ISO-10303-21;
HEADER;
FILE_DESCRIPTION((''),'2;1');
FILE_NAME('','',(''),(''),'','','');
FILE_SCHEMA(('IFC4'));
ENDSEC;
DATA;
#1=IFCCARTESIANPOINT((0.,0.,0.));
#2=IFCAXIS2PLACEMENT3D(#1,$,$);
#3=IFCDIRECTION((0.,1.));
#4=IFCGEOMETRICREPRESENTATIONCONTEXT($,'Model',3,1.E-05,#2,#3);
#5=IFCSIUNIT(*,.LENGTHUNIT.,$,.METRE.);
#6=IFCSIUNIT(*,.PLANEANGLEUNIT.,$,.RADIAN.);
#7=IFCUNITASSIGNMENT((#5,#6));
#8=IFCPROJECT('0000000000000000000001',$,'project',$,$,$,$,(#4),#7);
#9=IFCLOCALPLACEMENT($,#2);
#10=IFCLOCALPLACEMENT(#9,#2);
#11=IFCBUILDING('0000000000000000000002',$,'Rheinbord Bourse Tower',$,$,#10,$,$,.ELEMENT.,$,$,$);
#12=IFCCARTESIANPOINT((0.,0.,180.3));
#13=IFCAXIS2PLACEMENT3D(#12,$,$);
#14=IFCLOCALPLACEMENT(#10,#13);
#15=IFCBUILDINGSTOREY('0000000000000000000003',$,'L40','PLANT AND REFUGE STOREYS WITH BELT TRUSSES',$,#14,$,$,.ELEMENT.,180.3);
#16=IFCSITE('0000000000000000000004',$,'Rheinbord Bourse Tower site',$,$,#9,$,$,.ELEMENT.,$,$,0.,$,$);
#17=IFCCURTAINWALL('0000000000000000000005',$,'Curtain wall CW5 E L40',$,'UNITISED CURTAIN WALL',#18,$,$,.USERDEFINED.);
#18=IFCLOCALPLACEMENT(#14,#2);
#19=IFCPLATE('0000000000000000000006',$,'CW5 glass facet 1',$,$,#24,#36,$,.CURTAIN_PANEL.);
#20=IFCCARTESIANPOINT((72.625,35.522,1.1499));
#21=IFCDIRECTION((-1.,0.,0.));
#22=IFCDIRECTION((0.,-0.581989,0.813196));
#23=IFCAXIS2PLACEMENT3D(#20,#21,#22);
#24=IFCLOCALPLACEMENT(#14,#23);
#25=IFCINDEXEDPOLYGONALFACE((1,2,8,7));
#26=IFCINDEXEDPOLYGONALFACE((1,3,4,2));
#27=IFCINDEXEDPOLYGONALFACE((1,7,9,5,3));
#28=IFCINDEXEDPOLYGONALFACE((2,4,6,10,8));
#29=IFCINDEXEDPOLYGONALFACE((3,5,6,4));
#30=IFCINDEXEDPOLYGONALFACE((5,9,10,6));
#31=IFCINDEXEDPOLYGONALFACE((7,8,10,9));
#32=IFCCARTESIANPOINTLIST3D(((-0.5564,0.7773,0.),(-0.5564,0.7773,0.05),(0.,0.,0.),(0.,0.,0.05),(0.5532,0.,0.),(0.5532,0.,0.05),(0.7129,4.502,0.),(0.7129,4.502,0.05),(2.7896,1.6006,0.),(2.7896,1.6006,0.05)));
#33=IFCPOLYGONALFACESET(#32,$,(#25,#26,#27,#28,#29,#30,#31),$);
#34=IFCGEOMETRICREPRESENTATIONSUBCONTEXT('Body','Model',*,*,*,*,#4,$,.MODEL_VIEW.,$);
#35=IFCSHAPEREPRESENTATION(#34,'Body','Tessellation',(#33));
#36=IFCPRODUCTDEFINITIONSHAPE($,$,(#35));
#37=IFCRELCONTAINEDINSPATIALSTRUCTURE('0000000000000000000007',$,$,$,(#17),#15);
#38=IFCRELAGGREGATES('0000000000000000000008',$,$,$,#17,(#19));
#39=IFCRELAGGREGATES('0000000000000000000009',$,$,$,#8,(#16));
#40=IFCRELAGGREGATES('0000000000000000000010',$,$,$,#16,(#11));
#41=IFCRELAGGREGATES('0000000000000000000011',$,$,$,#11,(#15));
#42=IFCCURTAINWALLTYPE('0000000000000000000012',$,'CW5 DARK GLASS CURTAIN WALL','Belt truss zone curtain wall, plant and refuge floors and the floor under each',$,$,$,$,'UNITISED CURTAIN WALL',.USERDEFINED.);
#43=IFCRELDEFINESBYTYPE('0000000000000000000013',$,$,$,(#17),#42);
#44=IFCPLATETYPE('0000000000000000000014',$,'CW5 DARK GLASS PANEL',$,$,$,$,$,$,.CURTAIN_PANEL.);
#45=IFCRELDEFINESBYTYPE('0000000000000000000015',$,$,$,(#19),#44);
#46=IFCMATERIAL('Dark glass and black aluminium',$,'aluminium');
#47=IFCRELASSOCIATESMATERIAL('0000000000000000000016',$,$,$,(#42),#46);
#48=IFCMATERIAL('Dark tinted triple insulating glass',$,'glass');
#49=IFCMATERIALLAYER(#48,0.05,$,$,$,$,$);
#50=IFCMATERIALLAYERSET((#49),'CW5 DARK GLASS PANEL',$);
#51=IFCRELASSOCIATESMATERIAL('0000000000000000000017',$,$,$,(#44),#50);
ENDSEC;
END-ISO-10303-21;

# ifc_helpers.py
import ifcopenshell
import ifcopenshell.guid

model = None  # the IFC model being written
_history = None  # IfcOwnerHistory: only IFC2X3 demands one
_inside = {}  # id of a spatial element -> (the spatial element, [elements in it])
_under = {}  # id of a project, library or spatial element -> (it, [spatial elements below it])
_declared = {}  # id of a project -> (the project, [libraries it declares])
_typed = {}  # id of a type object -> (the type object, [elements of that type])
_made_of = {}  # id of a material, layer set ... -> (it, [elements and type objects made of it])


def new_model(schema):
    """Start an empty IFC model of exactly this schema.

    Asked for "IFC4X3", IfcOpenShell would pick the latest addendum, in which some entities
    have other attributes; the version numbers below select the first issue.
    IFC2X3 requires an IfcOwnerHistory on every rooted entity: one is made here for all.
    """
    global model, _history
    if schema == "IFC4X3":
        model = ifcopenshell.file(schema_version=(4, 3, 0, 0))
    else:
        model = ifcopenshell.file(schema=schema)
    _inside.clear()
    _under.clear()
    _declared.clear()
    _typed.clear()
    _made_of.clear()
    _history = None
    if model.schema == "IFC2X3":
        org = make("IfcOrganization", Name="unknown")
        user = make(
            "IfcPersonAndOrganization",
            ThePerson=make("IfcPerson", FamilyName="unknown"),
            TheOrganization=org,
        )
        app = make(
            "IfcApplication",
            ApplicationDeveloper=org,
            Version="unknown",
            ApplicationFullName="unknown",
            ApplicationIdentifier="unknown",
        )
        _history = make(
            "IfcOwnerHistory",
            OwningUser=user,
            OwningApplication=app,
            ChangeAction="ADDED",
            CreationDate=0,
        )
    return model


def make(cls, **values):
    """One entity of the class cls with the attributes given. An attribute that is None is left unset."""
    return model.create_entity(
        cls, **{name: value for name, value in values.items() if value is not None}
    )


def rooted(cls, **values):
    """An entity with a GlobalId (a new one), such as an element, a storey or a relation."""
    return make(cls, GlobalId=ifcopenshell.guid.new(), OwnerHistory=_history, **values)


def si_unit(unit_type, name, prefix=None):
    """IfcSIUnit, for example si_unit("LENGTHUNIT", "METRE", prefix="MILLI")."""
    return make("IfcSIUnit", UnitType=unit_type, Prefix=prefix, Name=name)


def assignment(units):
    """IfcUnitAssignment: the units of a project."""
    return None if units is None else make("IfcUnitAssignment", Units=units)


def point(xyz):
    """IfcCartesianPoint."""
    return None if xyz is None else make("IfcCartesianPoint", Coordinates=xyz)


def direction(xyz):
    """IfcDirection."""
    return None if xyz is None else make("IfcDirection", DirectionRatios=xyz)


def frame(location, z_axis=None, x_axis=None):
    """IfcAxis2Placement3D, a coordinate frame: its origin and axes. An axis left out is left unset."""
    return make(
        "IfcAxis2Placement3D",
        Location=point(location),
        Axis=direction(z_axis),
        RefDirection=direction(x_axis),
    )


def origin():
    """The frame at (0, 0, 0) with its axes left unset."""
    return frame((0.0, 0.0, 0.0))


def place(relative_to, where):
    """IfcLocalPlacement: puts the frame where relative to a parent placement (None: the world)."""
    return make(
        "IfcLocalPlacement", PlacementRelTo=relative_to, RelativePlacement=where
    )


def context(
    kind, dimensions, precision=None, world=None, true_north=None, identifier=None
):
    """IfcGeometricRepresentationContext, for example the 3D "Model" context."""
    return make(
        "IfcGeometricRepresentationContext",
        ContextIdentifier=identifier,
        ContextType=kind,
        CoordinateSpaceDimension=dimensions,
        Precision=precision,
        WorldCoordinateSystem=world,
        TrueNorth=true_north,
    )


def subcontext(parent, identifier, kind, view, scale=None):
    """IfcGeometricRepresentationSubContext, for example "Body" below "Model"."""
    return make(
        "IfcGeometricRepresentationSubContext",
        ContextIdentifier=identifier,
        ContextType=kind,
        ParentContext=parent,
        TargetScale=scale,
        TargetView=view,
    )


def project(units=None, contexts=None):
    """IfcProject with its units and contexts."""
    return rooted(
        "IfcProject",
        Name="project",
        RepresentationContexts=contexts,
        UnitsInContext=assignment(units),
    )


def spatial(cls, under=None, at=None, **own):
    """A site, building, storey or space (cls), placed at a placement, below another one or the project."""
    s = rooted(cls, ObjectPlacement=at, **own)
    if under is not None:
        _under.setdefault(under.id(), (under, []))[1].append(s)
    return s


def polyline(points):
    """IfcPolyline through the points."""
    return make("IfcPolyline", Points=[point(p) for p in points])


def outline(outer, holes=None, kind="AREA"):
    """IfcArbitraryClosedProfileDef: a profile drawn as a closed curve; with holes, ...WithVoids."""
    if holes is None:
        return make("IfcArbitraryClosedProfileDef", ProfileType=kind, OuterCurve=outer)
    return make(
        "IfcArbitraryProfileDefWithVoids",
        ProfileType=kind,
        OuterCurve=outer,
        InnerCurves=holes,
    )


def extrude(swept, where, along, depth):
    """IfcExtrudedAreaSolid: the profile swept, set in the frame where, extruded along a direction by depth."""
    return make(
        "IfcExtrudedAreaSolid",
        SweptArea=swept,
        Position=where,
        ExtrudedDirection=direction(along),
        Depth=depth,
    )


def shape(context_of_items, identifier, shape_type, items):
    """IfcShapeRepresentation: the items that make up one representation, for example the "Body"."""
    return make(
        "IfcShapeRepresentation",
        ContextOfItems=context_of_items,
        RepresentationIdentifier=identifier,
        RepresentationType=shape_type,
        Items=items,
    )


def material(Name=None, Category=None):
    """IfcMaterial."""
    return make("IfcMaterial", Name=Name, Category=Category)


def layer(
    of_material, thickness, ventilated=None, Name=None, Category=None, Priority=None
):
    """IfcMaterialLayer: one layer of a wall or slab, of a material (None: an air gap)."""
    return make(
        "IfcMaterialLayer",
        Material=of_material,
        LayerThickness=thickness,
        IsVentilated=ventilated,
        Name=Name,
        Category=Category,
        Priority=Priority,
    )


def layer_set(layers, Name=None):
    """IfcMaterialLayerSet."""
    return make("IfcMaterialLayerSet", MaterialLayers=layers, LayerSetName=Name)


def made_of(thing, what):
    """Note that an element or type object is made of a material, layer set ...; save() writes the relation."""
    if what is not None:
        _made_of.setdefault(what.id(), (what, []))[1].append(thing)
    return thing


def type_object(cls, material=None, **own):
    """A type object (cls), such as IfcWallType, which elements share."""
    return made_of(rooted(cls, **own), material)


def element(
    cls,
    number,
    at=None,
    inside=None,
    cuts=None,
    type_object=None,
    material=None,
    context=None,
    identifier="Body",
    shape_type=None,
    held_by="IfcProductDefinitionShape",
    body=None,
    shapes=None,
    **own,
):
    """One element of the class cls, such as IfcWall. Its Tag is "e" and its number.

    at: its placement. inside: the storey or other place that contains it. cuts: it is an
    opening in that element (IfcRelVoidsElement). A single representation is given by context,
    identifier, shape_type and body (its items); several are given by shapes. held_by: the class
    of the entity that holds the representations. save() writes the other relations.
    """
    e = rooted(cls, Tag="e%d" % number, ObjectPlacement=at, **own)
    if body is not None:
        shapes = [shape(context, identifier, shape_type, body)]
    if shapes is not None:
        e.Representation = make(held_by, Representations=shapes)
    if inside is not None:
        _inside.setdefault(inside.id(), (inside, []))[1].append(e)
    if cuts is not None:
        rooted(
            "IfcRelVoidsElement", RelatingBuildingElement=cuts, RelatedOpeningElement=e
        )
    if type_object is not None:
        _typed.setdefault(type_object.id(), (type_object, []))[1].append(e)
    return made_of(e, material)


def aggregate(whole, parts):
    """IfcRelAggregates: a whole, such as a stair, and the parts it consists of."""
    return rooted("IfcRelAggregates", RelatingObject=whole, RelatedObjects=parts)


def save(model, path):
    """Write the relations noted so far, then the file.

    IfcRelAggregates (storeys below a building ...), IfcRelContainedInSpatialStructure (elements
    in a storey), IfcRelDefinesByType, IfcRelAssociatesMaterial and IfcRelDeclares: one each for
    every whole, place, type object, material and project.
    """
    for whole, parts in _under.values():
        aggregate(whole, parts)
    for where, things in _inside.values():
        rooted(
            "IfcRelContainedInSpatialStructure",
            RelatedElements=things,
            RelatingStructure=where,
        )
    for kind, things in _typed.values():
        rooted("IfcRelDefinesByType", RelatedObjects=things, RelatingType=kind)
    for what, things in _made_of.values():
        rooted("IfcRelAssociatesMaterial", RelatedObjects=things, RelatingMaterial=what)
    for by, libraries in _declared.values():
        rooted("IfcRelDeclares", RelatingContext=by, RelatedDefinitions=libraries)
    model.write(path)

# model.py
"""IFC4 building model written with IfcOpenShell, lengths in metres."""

from ifc_helpers import new_model, si_unit, direction, frame, origin, place, context, subcontext, project, spatial, polyline, outline, extrude, material, layer, layer_set, type_object, element, aggregate, save


model = new_model("IFC4")

# Units and contexts
model_context = context("Model", 3, precision=1e-05, world=origin(), true_north=direction((0.0, 1.0)))
body_context = subcontext(model_context, "Body", "Model", "MODEL_VIEW")
ifc_project = project(units=[si_unit("LENGTHUNIT", "METRE"), si_unit("PLANEANGLEUNIT", "RADIAN")], contexts=[model_context])

# Site, building, storey
site_placement = place(None, origin())
site = spatial("IfcSite", under=ifc_project, at=site_placement, Name="Rheinbord Bourse Tower site", CompositionType="ELEMENT", RefElevation=0.0)
building_placement = place(site_placement, origin())
building = spatial("IfcBuilding", under=site, at=building_placement, Name="Rheinbord Bourse Tower", CompositionType="ELEMENT")
storey_placement = place(building_placement, frame((0.0, 0.0, 180.3)))
storey = spatial("IfcBuildingStorey", under=building, at=storey_placement, Name="L40", Description="PLANT AND REFUGE STOREYS WITH BELT TRUSSES", CompositionType="ELEMENT", Elevation=180.3)

# Curtain wall
ifc_material_1 = material(Name="Dark glass and black aluminium", Category="aluminium")
curtain_wall_type = type_object("IfcCurtainWallType", Name="CW5 DARK GLASS CURTAIN WALL", Description="Belt truss zone curtain wall, plant and refuge floors and the floor under each", ElementType="UNITISED CURTAIN WALL", PredefinedType="USERDEFINED", material=ifc_material_1)
curtain_wall_placement = place(storey_placement, origin())
curtain_wall = element("IfcCurtainWall", 1, at=curtain_wall_placement, inside=storey, type_object=curtain_wall_type, Name="Curtain wall CW5 E L40", ObjectType="UNITISED CURTAIN WALL", PredefinedType="USERDEFINED")

# Plate
ifc_material_2 = material(Name="Dark tinted triple insulating glass", Category="glass")
ifc_layer_1 = layer(ifc_material_2, 0.05)
ifc_layer_set_1 = layer_set([ifc_layer_1], Name="CW5 DARK GLASS PANEL")
plate_type = type_object("IfcPlateType", Name="CW5 DARK GLASS PANEL", PredefinedType="CURTAIN_PANEL", material=ifc_layer_set_1)
plate_1_placement = place(storey_placement, frame((72.625, 35.522, 1.1499), z_axis=(-1.0, 0.0, 0.0), x_axis=(0.0, -0.581989, 0.813196)))
plate_1 = element("IfcPlate", 2, at=plate_1_placement, type_object=plate_type, Name="CW5 glass facet 1", PredefinedType="CURTAIN_PANEL", context=body_context, shape_type="SweptSolid", body=[
    extrude(outline(polyline([(0.0, 0.0), (0.5532, 0.0), (2.7896, 1.6006), (0.7129, 4.502), (-0.5564, 0.7773), (0.0, 0.0)])), origin(), (0.0, 0.0, 1.0), 0.05),
])
aggregate(curtain_wall, [plate_1])

save(model, "model.ifc")
